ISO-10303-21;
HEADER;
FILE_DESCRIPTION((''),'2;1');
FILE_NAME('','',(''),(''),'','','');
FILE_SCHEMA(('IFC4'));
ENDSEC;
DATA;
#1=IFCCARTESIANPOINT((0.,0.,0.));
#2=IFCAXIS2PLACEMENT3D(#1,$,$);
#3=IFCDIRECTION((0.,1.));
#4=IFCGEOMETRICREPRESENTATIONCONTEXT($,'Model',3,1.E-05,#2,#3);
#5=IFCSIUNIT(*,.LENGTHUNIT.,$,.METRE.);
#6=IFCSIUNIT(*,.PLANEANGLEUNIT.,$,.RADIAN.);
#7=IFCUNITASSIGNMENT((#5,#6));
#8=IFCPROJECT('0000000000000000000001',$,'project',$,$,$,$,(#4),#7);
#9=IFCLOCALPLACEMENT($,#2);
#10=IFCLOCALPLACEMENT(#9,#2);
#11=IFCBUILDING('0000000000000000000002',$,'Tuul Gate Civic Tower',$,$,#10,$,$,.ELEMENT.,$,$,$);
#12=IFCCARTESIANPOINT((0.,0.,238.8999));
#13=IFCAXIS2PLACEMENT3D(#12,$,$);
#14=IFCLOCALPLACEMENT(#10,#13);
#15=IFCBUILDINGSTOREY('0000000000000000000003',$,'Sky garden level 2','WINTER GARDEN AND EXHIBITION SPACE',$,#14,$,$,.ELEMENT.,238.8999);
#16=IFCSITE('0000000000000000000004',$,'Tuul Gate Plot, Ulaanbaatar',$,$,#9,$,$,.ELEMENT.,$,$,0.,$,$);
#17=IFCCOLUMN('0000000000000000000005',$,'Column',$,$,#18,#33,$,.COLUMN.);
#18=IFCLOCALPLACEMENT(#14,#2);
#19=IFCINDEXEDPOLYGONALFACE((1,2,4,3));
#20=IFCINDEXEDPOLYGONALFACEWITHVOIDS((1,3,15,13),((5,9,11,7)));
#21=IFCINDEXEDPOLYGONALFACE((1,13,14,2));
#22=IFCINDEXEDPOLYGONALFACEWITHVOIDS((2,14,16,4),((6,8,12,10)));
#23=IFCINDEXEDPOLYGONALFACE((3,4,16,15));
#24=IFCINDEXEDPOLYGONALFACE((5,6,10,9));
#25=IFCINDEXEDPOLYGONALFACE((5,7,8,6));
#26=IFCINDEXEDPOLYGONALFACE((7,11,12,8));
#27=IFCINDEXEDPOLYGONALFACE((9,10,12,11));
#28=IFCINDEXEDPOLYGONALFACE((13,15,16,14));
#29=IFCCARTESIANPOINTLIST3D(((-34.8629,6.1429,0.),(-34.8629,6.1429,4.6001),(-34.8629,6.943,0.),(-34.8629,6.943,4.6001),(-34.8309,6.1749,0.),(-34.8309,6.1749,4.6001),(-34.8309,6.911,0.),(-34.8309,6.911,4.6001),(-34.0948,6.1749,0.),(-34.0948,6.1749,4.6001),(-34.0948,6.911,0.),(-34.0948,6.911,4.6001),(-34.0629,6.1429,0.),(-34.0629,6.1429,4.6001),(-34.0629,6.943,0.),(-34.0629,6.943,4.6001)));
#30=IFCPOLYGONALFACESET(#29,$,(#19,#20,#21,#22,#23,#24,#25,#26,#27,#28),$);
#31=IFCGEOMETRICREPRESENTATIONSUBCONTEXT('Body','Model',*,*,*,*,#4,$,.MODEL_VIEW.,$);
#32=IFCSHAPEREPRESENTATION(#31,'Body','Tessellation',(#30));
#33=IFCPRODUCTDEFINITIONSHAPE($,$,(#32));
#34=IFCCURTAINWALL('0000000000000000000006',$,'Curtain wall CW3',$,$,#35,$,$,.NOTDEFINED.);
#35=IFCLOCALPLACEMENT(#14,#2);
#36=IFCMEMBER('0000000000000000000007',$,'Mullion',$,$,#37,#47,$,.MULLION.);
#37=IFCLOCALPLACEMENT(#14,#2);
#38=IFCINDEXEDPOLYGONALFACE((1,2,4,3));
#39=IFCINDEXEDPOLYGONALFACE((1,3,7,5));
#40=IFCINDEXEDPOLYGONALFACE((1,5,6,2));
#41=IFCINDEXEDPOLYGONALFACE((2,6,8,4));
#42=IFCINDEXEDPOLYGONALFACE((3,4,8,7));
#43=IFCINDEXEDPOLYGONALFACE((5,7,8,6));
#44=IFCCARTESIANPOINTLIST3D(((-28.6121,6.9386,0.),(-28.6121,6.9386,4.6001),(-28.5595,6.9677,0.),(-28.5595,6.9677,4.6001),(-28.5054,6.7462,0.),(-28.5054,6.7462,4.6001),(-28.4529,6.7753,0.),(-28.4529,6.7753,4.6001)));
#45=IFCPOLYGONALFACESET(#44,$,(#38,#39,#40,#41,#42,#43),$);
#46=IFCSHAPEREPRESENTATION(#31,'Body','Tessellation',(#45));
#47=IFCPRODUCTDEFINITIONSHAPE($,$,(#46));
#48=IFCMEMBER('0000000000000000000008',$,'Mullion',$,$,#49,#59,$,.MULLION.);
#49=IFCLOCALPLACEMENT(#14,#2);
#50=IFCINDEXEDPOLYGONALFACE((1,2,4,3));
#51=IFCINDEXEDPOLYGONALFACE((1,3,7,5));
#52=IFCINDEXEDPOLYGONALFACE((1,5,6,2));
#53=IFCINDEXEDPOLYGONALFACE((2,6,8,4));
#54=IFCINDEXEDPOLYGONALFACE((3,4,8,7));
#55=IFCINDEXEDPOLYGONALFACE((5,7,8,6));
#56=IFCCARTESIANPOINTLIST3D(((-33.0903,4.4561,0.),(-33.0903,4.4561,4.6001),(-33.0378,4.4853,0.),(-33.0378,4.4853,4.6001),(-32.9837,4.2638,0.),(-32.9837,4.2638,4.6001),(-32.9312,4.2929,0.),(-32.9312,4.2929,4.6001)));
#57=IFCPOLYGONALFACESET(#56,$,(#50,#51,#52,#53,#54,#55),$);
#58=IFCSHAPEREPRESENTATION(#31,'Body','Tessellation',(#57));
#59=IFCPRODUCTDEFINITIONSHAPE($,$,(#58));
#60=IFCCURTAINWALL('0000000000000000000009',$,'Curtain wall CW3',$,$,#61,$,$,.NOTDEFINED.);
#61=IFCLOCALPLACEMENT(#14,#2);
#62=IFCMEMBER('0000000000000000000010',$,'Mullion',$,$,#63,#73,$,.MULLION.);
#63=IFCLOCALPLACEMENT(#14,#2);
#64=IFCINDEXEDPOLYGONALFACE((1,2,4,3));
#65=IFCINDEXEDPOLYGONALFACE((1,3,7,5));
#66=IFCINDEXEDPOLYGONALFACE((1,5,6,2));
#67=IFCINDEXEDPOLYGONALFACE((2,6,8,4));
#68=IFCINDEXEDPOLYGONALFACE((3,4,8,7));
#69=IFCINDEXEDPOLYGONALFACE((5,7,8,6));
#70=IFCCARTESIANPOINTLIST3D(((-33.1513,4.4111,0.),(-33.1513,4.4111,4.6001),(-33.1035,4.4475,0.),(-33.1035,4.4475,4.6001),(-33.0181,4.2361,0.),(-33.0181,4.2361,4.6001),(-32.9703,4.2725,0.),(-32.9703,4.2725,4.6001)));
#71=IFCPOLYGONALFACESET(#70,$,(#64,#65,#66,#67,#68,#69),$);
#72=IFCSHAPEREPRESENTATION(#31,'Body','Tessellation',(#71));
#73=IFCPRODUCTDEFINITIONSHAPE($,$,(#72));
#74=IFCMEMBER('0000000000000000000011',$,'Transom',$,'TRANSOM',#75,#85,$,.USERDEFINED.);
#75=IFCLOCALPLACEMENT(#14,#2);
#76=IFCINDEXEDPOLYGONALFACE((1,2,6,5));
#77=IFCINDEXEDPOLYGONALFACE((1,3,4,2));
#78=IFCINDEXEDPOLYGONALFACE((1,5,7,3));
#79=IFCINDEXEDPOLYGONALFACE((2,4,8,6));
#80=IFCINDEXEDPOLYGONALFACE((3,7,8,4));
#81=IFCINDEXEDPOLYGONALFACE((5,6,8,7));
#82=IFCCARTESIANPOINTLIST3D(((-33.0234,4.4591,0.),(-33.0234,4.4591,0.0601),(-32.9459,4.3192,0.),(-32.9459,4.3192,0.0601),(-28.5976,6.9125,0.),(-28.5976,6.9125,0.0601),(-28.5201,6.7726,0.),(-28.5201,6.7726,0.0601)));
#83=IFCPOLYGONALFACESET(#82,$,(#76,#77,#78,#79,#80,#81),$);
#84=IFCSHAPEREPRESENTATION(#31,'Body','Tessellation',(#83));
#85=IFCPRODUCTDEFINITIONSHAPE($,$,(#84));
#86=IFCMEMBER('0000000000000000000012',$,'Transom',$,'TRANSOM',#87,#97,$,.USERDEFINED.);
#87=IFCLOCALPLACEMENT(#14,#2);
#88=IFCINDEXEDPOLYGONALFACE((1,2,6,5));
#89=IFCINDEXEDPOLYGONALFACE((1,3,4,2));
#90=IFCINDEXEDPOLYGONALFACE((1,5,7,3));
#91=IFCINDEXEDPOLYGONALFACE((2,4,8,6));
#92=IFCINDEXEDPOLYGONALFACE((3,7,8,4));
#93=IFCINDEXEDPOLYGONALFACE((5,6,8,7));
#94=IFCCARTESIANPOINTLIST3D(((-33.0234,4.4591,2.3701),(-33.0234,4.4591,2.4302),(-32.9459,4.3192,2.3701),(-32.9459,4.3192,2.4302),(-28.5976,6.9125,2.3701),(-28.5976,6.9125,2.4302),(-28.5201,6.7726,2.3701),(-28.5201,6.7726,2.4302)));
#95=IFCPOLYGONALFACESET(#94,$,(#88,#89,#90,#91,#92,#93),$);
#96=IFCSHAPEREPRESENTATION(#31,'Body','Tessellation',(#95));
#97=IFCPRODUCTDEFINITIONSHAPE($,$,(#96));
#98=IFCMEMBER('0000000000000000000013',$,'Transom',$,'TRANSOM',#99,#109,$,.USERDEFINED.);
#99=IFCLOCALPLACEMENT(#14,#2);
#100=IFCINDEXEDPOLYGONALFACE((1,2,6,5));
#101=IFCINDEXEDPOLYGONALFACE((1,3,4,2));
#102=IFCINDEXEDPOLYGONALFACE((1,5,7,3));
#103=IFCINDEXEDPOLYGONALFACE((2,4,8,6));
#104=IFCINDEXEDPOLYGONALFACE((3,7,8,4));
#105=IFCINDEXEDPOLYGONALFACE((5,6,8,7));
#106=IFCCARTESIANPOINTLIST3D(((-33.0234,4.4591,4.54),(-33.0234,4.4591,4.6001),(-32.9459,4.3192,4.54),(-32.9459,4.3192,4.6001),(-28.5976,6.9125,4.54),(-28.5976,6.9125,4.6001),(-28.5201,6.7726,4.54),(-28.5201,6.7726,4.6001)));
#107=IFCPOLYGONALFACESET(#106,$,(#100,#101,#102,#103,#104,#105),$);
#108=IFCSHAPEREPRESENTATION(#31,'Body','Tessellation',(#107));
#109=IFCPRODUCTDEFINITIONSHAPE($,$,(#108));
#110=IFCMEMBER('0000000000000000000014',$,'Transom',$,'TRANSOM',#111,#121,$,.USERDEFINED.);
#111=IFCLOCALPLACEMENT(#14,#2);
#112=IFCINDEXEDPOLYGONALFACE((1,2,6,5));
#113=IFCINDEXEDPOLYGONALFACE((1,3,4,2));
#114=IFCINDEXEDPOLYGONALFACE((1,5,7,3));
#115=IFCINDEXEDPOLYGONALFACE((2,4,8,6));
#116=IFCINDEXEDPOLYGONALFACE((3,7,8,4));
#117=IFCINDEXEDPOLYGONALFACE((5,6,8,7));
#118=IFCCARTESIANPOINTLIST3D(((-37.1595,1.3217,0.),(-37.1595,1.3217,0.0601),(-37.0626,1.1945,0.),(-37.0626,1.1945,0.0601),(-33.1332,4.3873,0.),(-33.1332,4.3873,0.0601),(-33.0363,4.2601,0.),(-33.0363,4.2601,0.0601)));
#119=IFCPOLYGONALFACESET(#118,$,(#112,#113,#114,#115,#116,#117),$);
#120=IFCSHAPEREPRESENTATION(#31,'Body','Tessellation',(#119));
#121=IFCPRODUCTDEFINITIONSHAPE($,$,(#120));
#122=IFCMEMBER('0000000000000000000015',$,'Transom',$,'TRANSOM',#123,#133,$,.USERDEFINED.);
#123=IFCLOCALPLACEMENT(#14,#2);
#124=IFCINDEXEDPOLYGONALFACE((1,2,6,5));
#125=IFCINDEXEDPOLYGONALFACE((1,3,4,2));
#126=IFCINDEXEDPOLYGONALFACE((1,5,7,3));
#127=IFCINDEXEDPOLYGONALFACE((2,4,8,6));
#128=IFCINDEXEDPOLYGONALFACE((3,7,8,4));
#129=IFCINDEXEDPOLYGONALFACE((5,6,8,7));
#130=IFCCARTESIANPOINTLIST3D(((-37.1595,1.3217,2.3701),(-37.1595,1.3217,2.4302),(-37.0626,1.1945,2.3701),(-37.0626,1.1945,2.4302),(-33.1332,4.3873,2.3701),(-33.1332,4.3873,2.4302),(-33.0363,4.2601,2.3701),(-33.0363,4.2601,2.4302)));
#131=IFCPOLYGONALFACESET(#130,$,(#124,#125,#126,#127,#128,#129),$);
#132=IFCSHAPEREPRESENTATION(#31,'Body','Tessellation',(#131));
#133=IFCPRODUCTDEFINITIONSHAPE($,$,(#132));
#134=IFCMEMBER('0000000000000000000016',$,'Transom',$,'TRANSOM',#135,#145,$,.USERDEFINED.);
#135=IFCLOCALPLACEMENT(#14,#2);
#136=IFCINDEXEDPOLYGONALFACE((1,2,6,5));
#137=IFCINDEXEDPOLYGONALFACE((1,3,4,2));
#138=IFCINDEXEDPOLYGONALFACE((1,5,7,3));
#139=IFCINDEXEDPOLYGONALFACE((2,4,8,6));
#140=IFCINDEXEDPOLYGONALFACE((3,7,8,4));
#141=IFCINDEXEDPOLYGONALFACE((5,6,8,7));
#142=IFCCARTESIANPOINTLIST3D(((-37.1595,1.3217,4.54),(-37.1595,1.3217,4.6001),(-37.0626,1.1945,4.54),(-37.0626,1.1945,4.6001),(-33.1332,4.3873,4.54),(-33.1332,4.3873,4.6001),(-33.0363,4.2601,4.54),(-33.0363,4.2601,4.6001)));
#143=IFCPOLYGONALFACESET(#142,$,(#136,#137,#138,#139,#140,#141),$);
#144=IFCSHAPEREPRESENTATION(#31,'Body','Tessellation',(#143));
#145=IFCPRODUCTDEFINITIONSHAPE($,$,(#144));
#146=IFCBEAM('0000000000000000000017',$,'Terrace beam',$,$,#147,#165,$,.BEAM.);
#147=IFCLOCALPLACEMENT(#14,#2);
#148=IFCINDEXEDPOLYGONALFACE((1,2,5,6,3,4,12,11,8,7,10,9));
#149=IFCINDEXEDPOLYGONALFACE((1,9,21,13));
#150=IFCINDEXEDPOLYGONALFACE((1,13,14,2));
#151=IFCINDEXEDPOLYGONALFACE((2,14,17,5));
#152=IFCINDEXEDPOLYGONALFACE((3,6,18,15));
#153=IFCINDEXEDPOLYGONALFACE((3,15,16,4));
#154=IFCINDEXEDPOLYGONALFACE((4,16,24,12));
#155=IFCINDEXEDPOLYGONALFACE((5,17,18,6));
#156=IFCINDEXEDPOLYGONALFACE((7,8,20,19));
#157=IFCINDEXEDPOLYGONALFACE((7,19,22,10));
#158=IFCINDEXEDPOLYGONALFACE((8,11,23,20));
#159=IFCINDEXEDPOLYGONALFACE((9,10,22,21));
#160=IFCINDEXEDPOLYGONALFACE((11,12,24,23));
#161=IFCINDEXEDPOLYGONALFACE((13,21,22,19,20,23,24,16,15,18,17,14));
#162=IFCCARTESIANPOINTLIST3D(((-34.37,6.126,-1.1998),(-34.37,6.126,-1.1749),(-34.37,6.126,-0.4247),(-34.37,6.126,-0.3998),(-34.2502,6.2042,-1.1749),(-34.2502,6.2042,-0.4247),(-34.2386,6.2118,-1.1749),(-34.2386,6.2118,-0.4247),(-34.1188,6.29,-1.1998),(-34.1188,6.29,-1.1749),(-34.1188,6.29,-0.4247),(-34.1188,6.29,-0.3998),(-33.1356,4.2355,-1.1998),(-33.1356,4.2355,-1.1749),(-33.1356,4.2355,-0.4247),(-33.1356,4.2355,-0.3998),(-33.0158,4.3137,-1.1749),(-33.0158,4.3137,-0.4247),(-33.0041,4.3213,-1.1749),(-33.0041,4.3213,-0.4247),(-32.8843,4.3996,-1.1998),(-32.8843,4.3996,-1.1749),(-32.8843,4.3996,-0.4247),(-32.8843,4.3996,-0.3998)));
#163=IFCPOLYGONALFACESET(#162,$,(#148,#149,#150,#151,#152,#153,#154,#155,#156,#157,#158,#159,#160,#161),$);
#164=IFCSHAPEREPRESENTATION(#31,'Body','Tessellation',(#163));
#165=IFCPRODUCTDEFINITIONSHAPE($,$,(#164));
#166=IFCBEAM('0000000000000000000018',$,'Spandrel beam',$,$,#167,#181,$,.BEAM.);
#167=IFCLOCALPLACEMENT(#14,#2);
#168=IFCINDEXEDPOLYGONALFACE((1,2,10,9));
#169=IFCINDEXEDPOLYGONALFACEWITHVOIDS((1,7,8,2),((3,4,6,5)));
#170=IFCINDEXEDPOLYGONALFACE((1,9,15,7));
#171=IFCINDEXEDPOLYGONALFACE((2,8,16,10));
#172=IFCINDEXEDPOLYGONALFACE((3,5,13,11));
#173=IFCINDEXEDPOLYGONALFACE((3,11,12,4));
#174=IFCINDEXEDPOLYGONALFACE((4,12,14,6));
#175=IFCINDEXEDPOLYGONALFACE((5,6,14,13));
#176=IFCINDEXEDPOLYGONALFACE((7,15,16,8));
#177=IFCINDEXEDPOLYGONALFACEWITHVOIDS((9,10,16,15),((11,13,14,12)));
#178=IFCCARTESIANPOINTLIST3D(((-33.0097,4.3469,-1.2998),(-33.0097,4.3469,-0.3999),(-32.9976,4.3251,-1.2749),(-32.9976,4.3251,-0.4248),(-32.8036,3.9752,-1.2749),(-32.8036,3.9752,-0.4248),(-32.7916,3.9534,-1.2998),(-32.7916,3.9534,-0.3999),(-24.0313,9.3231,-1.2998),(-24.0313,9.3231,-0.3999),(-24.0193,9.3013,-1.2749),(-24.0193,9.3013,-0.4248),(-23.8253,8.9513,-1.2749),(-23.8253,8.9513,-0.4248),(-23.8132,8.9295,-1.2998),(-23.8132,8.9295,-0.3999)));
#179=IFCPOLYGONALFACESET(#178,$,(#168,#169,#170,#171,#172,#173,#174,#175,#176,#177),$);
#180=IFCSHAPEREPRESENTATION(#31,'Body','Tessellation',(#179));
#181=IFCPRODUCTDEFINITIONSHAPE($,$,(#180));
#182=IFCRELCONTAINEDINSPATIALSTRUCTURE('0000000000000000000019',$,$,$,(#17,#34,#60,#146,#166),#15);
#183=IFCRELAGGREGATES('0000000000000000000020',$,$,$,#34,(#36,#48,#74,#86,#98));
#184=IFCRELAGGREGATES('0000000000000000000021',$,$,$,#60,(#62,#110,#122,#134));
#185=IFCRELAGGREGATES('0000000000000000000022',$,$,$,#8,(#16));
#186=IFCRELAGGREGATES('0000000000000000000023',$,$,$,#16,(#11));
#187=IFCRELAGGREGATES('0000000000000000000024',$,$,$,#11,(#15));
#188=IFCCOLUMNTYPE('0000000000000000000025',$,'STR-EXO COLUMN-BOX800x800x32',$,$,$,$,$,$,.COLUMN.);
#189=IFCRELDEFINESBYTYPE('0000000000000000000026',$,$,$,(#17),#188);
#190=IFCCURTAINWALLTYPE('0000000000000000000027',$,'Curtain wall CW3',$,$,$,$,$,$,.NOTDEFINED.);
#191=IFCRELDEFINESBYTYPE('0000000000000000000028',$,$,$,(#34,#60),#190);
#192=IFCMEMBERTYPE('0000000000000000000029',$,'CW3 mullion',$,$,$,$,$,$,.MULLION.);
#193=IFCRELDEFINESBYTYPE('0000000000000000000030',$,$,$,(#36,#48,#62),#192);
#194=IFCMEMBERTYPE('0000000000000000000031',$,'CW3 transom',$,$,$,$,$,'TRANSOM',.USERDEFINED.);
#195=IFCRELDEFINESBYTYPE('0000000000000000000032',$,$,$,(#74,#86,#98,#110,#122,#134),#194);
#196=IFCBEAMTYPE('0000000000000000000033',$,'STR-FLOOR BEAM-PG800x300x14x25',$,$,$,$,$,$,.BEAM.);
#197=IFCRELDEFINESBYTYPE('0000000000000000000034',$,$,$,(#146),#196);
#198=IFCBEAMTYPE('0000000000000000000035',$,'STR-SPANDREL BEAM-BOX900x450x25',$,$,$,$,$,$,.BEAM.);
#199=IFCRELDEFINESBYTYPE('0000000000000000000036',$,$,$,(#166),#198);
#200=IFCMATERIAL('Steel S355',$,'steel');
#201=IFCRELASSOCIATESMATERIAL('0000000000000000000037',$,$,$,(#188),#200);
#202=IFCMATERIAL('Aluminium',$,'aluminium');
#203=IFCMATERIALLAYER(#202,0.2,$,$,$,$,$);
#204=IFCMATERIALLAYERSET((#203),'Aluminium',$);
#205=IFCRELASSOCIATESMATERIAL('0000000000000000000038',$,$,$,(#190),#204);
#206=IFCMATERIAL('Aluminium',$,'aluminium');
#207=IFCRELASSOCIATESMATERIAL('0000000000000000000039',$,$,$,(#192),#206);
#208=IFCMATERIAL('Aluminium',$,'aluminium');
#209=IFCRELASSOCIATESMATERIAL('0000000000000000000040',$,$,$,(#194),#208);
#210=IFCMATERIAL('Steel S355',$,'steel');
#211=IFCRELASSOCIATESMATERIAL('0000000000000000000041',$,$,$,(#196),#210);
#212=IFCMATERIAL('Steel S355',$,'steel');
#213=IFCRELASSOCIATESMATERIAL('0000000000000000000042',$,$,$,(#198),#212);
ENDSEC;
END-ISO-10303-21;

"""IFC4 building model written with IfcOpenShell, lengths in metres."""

from ifc_helpers import new_model, si_unit, direction, frame, origin, origin_2d, place, context, subcontext, project, spatial, rectangle, hollow_rectangle, i_section, extrude, material, layer, layer_set, material_profile, profile_set, type_object, element, aggregate, save


model = new_model("IFC4")

# Units and contexts
model_context = context("Model", 3, precision=1e-05, world=origin(), true_north=direction((0.0, 1.0)))
body_context = subcontext(model_context, "Body", "Model", "MODEL_VIEW")
ifc_project = project(units=[si_unit("LENGTHUNIT", "METRE"), si_unit("PLANEANGLEUNIT", "RADIAN")], contexts=[model_context])

# Site, building, storey
site_placement = place(None, origin())
site = spatial("IfcSite", under=ifc_project, at=site_placement, Name="Tuul Gate Plot, Ulaanbaatar", CompositionType="ELEMENT", RefElevation=0.0)
building_placement = place(site_placement, origin())
building = spatial("IfcBuilding", under=site, at=building_placement, Name="Tuul Gate Civic Tower", CompositionType="ELEMENT")
storey_placement = place(building_placement, frame((0.0, 0.0, 238.8999)))
storey = spatial("IfcBuildingStorey", under=building, at=storey_placement, Name="Sky garden level 2", Description="WINTER GARDEN AND EXHIBITION SPACE", CompositionType="ELEMENT", Elevation=238.8999)

# Column
ifc_material_1 = material(Name="Steel S355", Category="steel")
ifc_material_profile_1 = material_profile(ifc_material_1, hollow_rectangle(XDim=0.8, YDim=0.8, WallThickness=0.032, at=origin_2d()), Name="BOX800x800x32")
ifc_profile_set_1 = profile_set([ifc_material_profile_1], Name="Steel S355")
column_type = type_object("IfcColumnType", Name="STR-EXO COLUMN-BOX800x800x32", PredefinedType="COLUMN", material=ifc_profile_set_1)
column_placement = place(storey_placement, frame((-34.4629, 6.543, 0.0), z_axis=(0.0, 0.0, 1.0), x_axis=(1.0, 0.0, 0.0)))
element("IfcColumn", 1, at=column_placement, inside=storey, type_object=column_type, Name="Column", PredefinedType="COLUMN", context=body_context, shape_type="SweptSolid", body=[
    extrude(hollow_rectangle(XDim=0.8, YDim=0.8, WallThickness=0.032, at=origin_2d()), origin(), (0.0, 0.0, 1.0), 4.6001),
])

# Curtain wall, members
ifc_material_2 = material(Name="Aluminium", Category="aluminium")
ifc_layer_1 = layer(ifc_material_2, 0.2)
ifc_layer_set_1 = layer_set([ifc_layer_1], Name="Aluminium")
curtain_wall_type = type_object("IfcCurtainWallType", Name="Curtain wall CW3", PredefinedType="NOTDEFINED", material=ifc_layer_set_1)
curtain_wall_1_placement = place(storey_placement, origin())
curtain_wall_1 = element("IfcCurtainWall", 2, at=curtain_wall_1_placement, inside=storey, type_object=curtain_wall_type, Name="Curtain wall CW3", PredefinedType="NOTDEFINED")
ifc_material_3 = material(Name="Aluminium", Category="aluminium")
ifc_material_profile_2 = material_profile(ifc_material_3, rectangle(XDim=0.22, YDim=0.0601, at=origin_2d()), Name="CW3 mullion")
ifc_profile_set_2 = profile_set([ifc_material_profile_2], Name="Aluminium")
member_type_1 = type_object("IfcMemberType", Name="CW3 mullion", PredefinedType="MULLION", material=ifc_profile_set_2)
member_1_placement = place(storey_placement, frame((-28.5325, 6.8569, 0.0), z_axis=(0.0, 0.0, 1.0), x_axis=(0.484827, -0.87461, 0.0)))
member_1 = element("IfcMember", 3, at=member_1_placement, type_object=member_type_1, Name="Mullion", PredefinedType="MULLION", context=body_context, shape_type="SweptSolid", body=[
    extrude(rectangle(XDim=0.22, YDim=0.0601, at=origin_2d()), origin(), (0.0, 0.0, 1.0), 4.6001),
])
member_2_placement = place(storey_placement, frame((-33.0107, 4.3745, 0.0), z_axis=(0.0, 0.0, 1.0), x_axis=(0.484827, -0.87461, 0.0)))
member_2 = element("IfcMember", 4, at=member_2_placement, type_object=member_type_1, Name="Mullion", PredefinedType="MULLION", context=body_context, shape_type="SweptSolid", body=[
    extrude(rectangle(XDim=0.22, YDim=0.0601, at=origin_2d()), origin(), (0.0, 0.0, 1.0), 4.6001),
])

# Curtain wall, member
curtain_wall_2_placement = place(storey_placement, origin())
curtain_wall_2 = element("IfcCurtainWall", 5, at=curtain_wall_2_placement, inside=storey, type_object=curtain_wall_type, Name="Curtain wall CW3", PredefinedType="NOTDEFINED")
member_3_placement = place(storey_placement, frame((-33.0608, 4.3418, 0.0), z_axis=(0.0, 0.0, 1.0), x_axis=(0.605762, -0.795646, 0.0)))
member_3 = element("IfcMember", 6, at=member_3_placement, type_object=member_type_1, Name="Mullion", PredefinedType="MULLION", context=body_context, shape_type="SweptSolid", body=[
    extrude(rectangle(XDim=0.22, YDim=0.0601, at=origin_2d()), origin(), (0.0, 0.0, 1.0), 4.6001),
])

# Members
ifc_material_4 = material(Name="Aluminium", Category="aluminium")
ifc_material_profile_3 = material_profile(ifc_material_4, rectangle(XDim=0.1599, YDim=0.0601, at=origin_2d()), Name="CW3 transom")
ifc_profile_set_3 = profile_set([ifc_material_profile_3], Name="Aluminium")
member_type_2 = type_object("IfcMemberType", Name="CW3 transom", ElementType="TRANSOM", PredefinedType="USERDEFINED", material=ifc_profile_set_3)
member_4_placement = place(storey_placement, frame((-28.5588, 6.8425, 0.03), z_axis=(-0.87461, -0.484828, 0.0), x_axis=(0.484828, -0.87461, 0.0)))
member_4 = element("IfcMember", 7, at=member_4_placement, type_object=member_type_2, Name="Transom", ObjectType="TRANSOM", PredefinedType="USERDEFINED", context=body_context, shape_type="SweptSolid", body=[
    extrude(rectangle(XDim=0.1599, YDim=0.0601, at=origin_2d()), origin(), (0.0, 0.0, 1.0), 5.0603),
])
member_5_placement = place(storey_placement, frame((-28.5588, 6.8425, 2.4001), z_axis=(-0.87461, -0.484828, 0.0), x_axis=(0.484828, -0.87461, 0.0)))
member_5 = element("IfcMember", 8, at=member_5_placement, type_object=member_type_2, Name="Transom", ObjectType="TRANSOM", PredefinedType="USERDEFINED", context=body_context, shape_type="SweptSolid", body=[
    extrude(rectangle(XDim=0.1599, YDim=0.0601, at=origin_2d()), origin(), (0.0, 0.0, 1.0), 5.0603),
])
member_6_placement = place(storey_placement, frame((-28.5588, 6.8425, 4.5701), z_axis=(-0.87461, -0.484828, 0.0), x_axis=(0.484828, -0.87461, 0.0)))
member_6 = element("IfcMember", 9, at=member_6_placement, type_object=member_type_2, Name="Transom", ObjectType="TRANSOM", PredefinedType="USERDEFINED", context=body_context, shape_type="SweptSolid", body=[
    extrude(rectangle(XDim=0.1599, YDim=0.0601, at=origin_2d()), origin(), (0.0, 0.0, 1.0), 5.0603),
])
member_7_placement = place(storey_placement, frame((-33.0847, 4.3237, 0.03), z_axis=(-0.795625, -0.605789, 0.0), x_axis=(0.605789, -0.795625, 0.0)))
member_7 = element("IfcMember", 10, at=member_7_placement, type_object=member_type_2, Name="Transom", ObjectType="TRANSOM", PredefinedType="USERDEFINED", context=body_context, shape_type="SweptSolid", body=[
    extrude(rectangle(XDim=0.1599, YDim=0.0601, at=origin_2d()), origin(), (0.0, 0.0, 1.0), 5.0605),
])
member_8_placement = place(storey_placement, frame((-33.0847, 4.3237, 2.4001), z_axis=(-0.795625, -0.605789, 0.0), x_axis=(0.605789, -0.795625, 0.0)))
member_8 = element("IfcMember", 11, at=member_8_placement, type_object=member_type_2, Name="Transom", ObjectType="TRANSOM", PredefinedType="USERDEFINED", context=body_context, shape_type="SweptSolid", body=[
    extrude(rectangle(XDim=0.1599, YDim=0.0601, at=origin_2d()), origin(), (0.0, 0.0, 1.0), 5.0605),
])
member_9_placement = place(storey_placement, frame((-33.0847, 4.3237, 4.5701), z_axis=(-0.795625, -0.605789, 0.0), x_axis=(0.605789, -0.795625, 0.0)))
member_9 = element("IfcMember", 12, at=member_9_placement, type_object=member_type_2, Name="Transom", ObjectType="TRANSOM", PredefinedType="USERDEFINED", context=body_context, shape_type="SweptSolid", body=[
    extrude(rectangle(XDim=0.1599, YDim=0.0601, at=origin_2d()), origin(), (0.0, 0.0, 1.0), 5.0605),
])

# Beams
ifc_material_5 = material(Name="Steel S355", Category="steel")
ifc_material_profile_4 = material_profile(ifc_material_5, i_section(OverallWidth=0.3, OverallDepth=0.8, WebThickness=0.0139, FlangeThickness=0.0249, at=origin_2d()), Name="PG800x300x14x25")
ifc_profile_set_4 = profile_set([ifc_material_profile_4], Name="Steel S355")
beam_type_1 = type_object("IfcBeamType", Name="STR-FLOOR BEAM-PG800x300x14x25", PredefinedType="BEAM", material=ifc_profile_set_4)
beam_1_placement = place(storey_placement, frame((-34.2444, 6.208, -0.7998), z_axis=(0.546739, -0.837303, 0.0), x_axis=(0.837303, 0.546739, 0.0)))
element("IfcBeam", 13, at=beam_1_placement, inside=storey, type_object=beam_type_1, Name="Terrace beam", PredefinedType="BEAM", context=body_context, shape_type="SweptSolid", body=[
    extrude(i_section(OverallWidth=0.3, OverallDepth=0.8, WebThickness=0.0139, FlangeThickness=0.0249, at=origin_2d()), origin(), (0.0, 0.0, 1.0), 2.2578),
])
ifc_material_6 = material(Name="Steel S355", Category="steel")
ifc_material_profile_5 = material_profile(ifc_material_6, hollow_rectangle(XDim=0.45, YDim=0.8999, WallThickness=0.0249, at=origin_2d()), Name="BOX900x450x25")
ifc_profile_set_5 = profile_set([ifc_material_profile_5], Name="Steel S355")
beam_type_2 = type_object("IfcBeamType", Name="STR-SPANDREL BEAM-BOX900x450x25", PredefinedType="BEAM", material=ifc_profile_set_5)
beam_2_placement = place(storey_placement, frame((-32.9006, 4.1501, -0.8499), z_axis=(0.874647, 0.48476, 0.0), x_axis=(-0.48476, 0.874647, 0.0)))
element("IfcBeam", 14, at=beam_2_placement, inside=storey, type_object=beam_type_2, Name="Spandrel beam", PredefinedType="BEAM", context=body_context, shape_type="SweptSolid", body=[
    extrude(hollow_rectangle(XDim=0.45, YDim=0.8999, WallThickness=0.0249, at=origin_2d()), origin(), (0.0, 0.0, 1.0), 10.2651),
])

aggregate(curtain_wall_1, [member_1, member_2, member_4, member_5, member_6])
aggregate(curtain_wall_2, [member_3, member_7, member_8, member_9])

save(model, "model.ifc")
